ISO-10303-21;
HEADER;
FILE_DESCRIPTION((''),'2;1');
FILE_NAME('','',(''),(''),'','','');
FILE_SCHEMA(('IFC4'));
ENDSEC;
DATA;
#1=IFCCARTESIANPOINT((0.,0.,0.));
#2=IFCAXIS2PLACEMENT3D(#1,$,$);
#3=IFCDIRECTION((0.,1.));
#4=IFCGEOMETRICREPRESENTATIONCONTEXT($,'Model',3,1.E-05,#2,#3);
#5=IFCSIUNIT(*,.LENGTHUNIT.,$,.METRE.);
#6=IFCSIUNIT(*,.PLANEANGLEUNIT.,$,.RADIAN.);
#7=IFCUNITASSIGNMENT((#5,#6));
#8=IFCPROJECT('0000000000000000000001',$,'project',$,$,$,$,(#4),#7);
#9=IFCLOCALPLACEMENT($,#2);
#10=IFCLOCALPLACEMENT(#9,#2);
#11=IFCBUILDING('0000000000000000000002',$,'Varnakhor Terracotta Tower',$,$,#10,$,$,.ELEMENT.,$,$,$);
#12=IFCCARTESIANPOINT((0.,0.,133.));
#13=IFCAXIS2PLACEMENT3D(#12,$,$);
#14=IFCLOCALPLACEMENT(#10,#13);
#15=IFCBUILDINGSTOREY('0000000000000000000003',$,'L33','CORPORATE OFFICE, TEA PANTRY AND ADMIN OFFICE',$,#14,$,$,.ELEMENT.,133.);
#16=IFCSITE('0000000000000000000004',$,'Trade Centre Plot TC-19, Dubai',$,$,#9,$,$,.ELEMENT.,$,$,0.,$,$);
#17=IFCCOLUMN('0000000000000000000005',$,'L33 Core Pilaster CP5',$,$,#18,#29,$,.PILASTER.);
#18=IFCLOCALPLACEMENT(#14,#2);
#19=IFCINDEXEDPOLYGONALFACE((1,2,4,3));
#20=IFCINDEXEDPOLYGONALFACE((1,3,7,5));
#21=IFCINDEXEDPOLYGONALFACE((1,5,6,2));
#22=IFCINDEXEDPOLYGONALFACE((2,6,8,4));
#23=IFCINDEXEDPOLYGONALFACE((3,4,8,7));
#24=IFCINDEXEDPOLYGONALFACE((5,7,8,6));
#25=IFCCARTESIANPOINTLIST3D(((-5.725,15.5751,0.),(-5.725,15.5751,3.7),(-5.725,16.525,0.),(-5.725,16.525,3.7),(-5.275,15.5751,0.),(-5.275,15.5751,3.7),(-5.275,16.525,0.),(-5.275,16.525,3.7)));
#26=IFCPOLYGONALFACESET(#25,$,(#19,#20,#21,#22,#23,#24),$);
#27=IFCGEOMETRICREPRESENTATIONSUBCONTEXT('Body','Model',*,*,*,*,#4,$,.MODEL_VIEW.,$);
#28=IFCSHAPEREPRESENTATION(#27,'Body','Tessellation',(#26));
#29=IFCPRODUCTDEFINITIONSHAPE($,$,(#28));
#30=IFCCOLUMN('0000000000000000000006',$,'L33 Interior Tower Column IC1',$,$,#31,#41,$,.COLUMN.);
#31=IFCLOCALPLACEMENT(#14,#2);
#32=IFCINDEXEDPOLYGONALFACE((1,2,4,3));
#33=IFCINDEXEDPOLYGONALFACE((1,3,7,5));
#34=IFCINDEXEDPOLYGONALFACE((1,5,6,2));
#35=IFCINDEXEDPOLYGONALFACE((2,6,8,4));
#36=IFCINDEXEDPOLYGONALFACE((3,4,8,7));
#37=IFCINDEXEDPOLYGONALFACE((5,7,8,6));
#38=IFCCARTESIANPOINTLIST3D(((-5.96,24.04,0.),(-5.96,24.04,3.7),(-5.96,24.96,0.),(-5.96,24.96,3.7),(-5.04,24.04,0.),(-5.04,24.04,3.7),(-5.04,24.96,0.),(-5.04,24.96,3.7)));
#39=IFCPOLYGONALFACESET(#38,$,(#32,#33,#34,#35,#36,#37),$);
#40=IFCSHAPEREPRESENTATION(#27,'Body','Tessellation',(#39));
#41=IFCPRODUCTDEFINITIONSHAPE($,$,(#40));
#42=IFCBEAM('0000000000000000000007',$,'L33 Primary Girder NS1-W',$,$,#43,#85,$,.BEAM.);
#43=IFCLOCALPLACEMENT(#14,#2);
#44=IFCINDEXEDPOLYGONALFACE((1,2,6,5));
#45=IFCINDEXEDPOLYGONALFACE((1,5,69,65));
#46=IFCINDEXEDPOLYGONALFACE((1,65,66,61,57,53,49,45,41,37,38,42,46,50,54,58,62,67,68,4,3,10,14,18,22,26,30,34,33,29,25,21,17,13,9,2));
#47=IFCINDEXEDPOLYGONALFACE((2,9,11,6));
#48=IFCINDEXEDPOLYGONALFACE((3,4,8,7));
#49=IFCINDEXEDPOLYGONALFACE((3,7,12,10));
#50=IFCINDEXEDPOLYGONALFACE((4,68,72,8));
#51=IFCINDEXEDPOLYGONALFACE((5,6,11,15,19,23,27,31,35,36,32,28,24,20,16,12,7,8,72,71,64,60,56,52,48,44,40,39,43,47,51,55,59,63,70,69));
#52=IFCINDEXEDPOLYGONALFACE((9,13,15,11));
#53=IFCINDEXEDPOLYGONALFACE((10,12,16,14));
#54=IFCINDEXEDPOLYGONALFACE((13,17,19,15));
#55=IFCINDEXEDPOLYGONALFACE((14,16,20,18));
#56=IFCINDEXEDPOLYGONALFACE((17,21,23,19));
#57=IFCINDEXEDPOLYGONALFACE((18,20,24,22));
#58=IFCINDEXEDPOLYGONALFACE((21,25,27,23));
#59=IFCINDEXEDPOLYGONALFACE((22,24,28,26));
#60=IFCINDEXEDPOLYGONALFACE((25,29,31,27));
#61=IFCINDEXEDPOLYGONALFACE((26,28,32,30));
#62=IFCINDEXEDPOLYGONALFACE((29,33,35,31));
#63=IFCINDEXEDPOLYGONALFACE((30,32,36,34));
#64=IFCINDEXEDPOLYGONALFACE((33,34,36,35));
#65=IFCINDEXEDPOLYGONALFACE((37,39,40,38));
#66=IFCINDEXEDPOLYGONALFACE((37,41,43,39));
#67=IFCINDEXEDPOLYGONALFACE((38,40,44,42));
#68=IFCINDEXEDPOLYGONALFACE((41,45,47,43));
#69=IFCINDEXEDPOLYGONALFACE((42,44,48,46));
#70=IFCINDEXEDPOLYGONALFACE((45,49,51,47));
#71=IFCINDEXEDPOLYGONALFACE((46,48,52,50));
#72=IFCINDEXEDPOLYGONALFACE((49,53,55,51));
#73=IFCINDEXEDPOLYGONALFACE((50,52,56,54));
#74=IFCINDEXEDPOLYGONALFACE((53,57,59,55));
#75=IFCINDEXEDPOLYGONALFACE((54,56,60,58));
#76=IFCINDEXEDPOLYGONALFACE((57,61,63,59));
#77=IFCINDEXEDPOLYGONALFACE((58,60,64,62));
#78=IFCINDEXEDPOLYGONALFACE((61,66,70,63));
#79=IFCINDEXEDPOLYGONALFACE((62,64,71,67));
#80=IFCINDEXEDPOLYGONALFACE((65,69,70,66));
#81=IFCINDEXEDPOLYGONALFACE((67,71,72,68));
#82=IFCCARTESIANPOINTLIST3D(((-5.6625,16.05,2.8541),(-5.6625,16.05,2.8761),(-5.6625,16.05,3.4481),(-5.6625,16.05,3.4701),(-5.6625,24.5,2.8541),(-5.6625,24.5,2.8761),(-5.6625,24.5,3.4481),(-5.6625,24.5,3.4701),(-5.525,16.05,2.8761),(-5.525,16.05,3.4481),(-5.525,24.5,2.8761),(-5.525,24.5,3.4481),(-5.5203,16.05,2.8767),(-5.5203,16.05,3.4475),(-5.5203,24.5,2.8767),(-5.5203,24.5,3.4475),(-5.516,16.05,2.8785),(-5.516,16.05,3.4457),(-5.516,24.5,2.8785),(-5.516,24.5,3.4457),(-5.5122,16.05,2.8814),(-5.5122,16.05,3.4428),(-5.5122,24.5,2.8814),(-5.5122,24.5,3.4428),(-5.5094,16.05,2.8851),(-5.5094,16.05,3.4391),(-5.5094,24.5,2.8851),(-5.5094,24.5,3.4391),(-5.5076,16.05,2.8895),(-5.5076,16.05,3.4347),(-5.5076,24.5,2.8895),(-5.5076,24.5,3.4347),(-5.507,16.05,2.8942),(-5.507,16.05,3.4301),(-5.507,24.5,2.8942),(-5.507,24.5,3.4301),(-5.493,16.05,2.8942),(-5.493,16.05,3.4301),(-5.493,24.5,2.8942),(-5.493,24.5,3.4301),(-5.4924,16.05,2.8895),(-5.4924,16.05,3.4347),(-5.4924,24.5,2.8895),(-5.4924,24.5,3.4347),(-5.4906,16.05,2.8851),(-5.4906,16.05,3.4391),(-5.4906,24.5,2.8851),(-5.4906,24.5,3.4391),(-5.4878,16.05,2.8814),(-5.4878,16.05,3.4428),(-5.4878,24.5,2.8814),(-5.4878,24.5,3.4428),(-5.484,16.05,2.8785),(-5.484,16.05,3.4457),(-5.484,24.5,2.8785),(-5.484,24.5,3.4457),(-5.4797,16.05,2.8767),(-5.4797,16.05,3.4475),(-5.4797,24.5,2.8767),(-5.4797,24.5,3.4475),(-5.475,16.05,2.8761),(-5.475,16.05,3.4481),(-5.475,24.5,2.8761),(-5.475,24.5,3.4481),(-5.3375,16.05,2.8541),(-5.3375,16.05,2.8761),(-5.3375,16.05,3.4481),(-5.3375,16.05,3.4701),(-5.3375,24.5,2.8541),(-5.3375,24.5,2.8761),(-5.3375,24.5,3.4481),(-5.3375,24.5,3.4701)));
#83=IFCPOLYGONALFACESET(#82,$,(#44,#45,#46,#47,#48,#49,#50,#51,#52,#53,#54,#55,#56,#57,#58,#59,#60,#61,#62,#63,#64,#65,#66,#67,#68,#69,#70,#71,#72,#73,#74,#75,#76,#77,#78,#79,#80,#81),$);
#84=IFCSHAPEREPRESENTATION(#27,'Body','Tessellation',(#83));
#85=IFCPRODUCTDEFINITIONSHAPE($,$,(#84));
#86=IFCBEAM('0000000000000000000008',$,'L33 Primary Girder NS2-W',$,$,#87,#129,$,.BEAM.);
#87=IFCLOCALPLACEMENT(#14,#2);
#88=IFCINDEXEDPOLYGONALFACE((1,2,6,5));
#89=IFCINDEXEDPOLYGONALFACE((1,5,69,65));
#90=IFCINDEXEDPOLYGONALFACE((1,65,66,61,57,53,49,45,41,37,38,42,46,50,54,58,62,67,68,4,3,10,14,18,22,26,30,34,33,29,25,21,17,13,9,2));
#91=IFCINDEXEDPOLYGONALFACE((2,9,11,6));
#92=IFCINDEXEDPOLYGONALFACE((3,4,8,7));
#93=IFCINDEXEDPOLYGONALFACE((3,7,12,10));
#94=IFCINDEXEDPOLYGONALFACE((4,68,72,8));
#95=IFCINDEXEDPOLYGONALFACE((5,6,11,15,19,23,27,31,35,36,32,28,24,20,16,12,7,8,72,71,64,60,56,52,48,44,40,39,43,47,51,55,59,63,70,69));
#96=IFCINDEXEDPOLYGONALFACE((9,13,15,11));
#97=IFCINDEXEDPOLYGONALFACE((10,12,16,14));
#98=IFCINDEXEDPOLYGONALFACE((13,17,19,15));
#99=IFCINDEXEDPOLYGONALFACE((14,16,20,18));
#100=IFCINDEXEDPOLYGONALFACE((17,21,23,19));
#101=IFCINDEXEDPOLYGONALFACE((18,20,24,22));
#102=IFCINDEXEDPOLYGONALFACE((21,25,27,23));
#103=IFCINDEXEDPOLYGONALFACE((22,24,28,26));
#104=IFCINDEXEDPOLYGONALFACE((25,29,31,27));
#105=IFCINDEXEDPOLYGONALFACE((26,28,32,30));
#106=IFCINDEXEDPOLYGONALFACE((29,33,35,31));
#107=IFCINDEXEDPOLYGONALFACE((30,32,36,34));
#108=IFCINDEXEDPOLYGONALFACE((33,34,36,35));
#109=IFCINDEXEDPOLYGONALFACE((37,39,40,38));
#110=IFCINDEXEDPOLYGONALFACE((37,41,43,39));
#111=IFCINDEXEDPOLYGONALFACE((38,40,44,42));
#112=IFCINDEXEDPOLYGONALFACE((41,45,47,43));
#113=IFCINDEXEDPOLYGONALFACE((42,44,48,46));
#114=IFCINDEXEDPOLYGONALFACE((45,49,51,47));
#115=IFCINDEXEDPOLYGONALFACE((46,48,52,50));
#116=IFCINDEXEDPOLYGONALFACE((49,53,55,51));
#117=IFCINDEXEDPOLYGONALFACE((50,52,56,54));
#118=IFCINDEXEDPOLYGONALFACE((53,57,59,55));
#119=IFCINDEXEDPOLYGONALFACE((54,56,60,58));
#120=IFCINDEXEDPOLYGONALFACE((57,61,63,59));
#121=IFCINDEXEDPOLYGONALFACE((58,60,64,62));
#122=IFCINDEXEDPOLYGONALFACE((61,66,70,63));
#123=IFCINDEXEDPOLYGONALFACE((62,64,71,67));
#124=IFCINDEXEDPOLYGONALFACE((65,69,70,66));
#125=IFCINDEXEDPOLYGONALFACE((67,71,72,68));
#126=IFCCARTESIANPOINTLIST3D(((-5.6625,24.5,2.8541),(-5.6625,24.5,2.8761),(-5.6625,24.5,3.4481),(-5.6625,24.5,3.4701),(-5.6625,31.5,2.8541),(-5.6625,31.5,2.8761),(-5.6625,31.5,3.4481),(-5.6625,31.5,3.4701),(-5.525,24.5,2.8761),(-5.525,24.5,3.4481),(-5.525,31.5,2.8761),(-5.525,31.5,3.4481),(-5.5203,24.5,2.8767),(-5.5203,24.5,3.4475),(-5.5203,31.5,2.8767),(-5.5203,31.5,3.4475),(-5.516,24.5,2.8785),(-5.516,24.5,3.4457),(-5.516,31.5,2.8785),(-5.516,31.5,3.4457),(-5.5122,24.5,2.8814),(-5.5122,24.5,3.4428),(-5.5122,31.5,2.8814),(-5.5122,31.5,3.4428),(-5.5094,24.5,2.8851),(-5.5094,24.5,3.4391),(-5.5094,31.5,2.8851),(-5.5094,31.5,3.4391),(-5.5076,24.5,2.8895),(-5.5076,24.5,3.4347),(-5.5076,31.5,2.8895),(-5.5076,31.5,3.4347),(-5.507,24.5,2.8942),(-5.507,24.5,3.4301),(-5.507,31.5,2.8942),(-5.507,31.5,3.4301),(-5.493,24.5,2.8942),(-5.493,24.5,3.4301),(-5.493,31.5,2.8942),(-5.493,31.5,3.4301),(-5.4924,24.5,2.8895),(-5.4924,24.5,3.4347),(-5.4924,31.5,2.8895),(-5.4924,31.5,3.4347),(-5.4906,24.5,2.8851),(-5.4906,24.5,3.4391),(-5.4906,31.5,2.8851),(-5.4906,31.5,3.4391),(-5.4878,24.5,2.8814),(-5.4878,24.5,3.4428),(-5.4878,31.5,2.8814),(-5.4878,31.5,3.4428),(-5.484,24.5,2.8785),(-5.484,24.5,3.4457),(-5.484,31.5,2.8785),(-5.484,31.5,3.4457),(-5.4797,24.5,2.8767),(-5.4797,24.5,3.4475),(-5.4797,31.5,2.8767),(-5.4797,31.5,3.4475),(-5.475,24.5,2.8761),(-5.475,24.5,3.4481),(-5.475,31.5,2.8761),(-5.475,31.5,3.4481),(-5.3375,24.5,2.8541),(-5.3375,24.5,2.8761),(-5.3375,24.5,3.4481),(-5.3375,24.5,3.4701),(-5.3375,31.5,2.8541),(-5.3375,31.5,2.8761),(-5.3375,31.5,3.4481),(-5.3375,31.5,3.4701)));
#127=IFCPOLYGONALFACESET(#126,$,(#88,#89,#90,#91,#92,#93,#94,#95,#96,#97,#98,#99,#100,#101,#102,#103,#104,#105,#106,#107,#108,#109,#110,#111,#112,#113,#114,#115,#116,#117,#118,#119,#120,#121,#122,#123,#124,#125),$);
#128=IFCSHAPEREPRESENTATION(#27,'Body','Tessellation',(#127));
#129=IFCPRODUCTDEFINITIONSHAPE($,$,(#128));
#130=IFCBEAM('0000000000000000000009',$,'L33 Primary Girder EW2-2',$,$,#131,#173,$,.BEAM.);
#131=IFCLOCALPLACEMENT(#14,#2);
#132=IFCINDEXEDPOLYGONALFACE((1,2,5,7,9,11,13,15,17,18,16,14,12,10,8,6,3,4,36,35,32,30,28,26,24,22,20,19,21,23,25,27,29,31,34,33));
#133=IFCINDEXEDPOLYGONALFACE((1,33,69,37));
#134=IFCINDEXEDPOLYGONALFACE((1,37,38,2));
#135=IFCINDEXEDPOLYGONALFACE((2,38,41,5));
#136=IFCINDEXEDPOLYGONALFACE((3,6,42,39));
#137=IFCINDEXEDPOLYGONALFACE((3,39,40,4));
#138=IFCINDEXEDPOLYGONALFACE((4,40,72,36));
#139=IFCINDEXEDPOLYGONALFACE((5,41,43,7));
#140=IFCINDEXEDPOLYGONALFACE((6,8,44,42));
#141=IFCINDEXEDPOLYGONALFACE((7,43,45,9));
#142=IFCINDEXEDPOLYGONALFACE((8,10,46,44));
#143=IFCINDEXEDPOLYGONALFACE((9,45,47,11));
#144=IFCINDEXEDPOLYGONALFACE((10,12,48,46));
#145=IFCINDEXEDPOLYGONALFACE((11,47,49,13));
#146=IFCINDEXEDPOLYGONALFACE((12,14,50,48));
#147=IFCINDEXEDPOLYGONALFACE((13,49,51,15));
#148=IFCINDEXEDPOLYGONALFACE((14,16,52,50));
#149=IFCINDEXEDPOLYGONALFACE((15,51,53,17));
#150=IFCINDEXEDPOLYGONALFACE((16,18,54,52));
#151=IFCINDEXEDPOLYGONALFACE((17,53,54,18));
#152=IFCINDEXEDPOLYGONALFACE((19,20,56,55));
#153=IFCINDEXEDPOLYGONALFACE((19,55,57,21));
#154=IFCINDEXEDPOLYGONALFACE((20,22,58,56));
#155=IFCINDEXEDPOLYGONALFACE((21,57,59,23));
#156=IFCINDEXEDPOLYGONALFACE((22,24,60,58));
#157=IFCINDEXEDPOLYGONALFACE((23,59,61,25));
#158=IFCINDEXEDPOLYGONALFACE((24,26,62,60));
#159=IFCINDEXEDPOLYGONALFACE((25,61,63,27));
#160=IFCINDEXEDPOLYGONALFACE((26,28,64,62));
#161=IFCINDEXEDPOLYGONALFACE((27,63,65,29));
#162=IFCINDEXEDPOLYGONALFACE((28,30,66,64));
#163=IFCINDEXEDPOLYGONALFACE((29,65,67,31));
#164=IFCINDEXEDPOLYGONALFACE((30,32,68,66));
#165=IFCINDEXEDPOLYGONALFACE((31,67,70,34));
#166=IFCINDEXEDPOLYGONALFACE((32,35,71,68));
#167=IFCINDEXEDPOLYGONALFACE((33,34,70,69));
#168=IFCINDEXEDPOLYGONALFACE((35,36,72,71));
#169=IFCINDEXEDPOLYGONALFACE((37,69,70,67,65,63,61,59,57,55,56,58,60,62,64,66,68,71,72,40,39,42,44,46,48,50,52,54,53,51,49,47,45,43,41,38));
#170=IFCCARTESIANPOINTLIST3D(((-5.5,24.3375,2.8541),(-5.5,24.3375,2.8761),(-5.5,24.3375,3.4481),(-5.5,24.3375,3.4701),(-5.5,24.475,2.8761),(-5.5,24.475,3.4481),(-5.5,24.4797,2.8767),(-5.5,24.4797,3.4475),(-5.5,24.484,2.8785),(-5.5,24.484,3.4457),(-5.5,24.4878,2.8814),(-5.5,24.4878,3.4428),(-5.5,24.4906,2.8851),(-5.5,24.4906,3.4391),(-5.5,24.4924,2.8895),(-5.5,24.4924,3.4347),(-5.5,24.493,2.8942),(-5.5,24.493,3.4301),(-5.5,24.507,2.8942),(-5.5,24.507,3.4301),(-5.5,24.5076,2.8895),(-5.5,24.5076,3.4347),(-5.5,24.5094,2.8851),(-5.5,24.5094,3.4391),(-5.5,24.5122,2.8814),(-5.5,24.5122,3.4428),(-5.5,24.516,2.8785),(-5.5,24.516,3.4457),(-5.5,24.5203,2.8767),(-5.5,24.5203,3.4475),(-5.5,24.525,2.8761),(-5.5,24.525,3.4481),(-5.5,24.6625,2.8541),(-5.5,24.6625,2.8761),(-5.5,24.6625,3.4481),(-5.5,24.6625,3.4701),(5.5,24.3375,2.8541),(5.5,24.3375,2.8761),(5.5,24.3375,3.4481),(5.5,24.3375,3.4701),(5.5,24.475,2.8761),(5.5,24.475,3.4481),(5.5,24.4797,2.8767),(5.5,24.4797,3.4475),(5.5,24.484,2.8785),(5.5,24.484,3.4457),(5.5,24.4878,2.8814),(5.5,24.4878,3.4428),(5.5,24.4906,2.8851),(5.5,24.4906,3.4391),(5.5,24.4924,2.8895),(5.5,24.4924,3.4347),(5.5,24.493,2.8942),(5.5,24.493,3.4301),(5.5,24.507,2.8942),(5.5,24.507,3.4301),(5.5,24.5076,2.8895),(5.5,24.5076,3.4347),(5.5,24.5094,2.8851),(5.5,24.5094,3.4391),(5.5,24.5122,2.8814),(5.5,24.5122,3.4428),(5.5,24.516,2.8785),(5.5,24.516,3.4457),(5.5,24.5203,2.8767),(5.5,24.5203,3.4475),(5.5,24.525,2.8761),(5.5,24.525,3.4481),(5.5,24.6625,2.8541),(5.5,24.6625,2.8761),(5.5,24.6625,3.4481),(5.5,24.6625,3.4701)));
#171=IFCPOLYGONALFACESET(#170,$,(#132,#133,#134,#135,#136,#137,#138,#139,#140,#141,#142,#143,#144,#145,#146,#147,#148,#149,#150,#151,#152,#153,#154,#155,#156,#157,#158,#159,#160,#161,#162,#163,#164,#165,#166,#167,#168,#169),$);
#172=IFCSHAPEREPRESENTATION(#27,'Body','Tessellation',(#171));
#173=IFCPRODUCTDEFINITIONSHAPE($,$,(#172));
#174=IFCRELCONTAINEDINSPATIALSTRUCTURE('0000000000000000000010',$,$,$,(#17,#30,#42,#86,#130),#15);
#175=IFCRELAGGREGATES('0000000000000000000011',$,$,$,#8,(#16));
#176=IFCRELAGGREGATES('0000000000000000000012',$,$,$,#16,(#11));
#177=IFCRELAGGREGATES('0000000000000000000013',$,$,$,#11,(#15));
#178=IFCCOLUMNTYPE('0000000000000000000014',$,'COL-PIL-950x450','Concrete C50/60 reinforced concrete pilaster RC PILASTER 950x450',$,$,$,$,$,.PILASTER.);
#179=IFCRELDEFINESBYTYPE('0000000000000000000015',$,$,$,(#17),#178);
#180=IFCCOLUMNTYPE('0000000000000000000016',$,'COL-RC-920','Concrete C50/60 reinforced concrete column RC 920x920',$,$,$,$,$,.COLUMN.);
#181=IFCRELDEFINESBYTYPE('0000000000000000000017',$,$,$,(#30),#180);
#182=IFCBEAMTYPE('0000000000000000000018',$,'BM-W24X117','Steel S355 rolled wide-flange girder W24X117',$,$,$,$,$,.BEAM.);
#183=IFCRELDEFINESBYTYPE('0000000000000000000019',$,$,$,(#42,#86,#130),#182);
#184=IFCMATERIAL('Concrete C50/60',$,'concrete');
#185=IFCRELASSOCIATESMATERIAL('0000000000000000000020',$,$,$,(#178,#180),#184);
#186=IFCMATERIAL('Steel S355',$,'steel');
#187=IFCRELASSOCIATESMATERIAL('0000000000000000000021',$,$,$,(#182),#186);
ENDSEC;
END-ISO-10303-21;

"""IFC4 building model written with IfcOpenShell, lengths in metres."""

from ifc_helpers import new_model, si_unit, direction, frame, origin, origin_2d, place, context, subcontext, project, spatial, rectangle, i_section, extrude, source, transform, mapped, material, material_profile, profile_set, type_object, type_shapes, element, save


model = new_model("IFC4")

# Units and contexts
model_context = context("Model", 3, precision=1e-05, world=origin(), true_north=direction((0.0, 1.0)))
body_context = subcontext(model_context, "Body", "Model", "MODEL_VIEW")
ifc_project = project(units=[si_unit("LENGTHUNIT", "METRE"), si_unit("PLANEANGLEUNIT", "RADIAN")], contexts=[model_context])

# Site, building, storey
site_placement = place(None, origin())
site = spatial("IfcSite", under=ifc_project, at=site_placement, Name="Trade Centre Plot TC-19, Dubai", CompositionType="ELEMENT", RefElevation=0.0)
building_placement = place(site_placement, origin())
building = spatial("IfcBuilding", under=site, at=building_placement, Name="Varnakhor Terracotta Tower", CompositionType="ELEMENT")
storey_placement = place(building_placement, frame((0.0, 0.0, 133.0)))
storey = spatial("IfcBuildingStorey", under=building, at=storey_placement, Name="L33", Description="CORPORATE OFFICE, TEA PANTRY AND ADMIN OFFICE", CompositionType="ELEMENT", Elevation=133.0)

# Columns
ifc_material_1 = material(Name="Concrete C50/60", Category="concrete")
ifc_material_profile_1 = material_profile(ifc_material_1, rectangle(XDim=0.45, YDim=0.95, at=origin_2d()), Name="RC PILASTER 950x450")
ifc_profile_set_1 = profile_set([ifc_material_profile_1], Name="Concrete C50/60")
column_type_1 = type_object("IfcColumnType", Name="COL-PIL-950x450", Description="Concrete C50/60 reinforced concrete pilaster RC PILASTER 950x450", PredefinedType="PILASTER", material=ifc_profile_set_1)
shared_shape_1 = source(origin(), body_context, "Body", "SweptSolid", [
    extrude(rectangle(XDim=0.45, YDim=0.95, at=origin_2d()), origin(), (0.0, 0.0, 1.0), 3.7),
])
column_1_placement = place(storey_placement, frame((-5.5, 16.05, 0.0), z_axis=(0.0, 0.0, 1.0), x_axis=(1.0, 0.0, 0.0)))
element("IfcColumn", 1, at=column_1_placement, inside=storey, type_object=column_type_1, Name="L33 Core Pilaster CP5", PredefinedType="PILASTER", context=body_context, shape_type="MappedRepresentation", body=[
    mapped(shared_shape_1, transform((0.0, 0.0, 0.0), scale=1.0)),
])
ifc_material_profile_2 = material_profile(ifc_material_1, rectangle(XDim=0.9199, YDim=0.9199, at=origin_2d()), Name="RC 920x920")
ifc_profile_set_2 = profile_set([ifc_material_profile_2], Name="Concrete C50/60")
column_type_2 = type_object("IfcColumnType", Name="COL-RC-920", Description="Concrete C50/60 reinforced concrete column RC 920x920", PredefinedType="COLUMN", material=ifc_profile_set_2)
shared_shape_2 = source(origin(), body_context, "Body", "SweptSolid", [
    extrude(rectangle(XDim=0.9199, YDim=0.9199, at=origin_2d()), origin(), (0.0, 0.0, 1.0), 3.7),
])
column_2_placement = place(storey_placement, frame((-5.5, 24.5, 0.0), z_axis=(0.0, 0.0, 1.0), x_axis=(1.0, 0.0, 0.0)))
element("IfcColumn", 2, at=column_2_placement, inside=storey, type_object=column_type_2, Name="L33 Interior Tower Column IC1", PredefinedType="COLUMN", context=body_context, shape_type="MappedRepresentation", body=[
    mapped(shared_shape_2, transform((0.0, 0.0, 0.0), scale=1.0)),
])

# Beams
ifc_material_2 = material(Name="Steel S355", Category="steel")
ifc_material_profile_3 = material_profile(ifc_material_2, i_section(OverallWidth=0.325, OverallDepth=0.616, WebThickness=0.0139, FlangeThickness=0.022, FilletRadius=0.0181, at=origin_2d()), Name="W24X117")
ifc_profile_set_3 = profile_set([ifc_material_profile_3], Name="Steel S355")
beam_type_1 = type_object("IfcBeamType", Name="BM-W24X117", Description="Steel S355 rolled wide-flange girder W24X117", PredefinedType="BEAM", material=ifc_profile_set_3)
shared_shape_3 = source(origin(), body_context, "Body", "SweptSolid", [
    extrude(i_section(OverallWidth=0.325, OverallDepth=0.616, WebThickness=0.0139, FlangeThickness=0.022, FilletRadius=0.0181, at=origin_2d()), origin(), (0.0, 0.0, 1.0), 8.45),
])
type_shapes(beam_type_1, [shared_shape_3])
beam_1_placement = place(storey_placement, frame((-5.5, 16.05, 3.1621), z_axis=(0.0, 1.0, 0.0), x_axis=(-1.0, 0.0, 0.0)))
element("IfcBeam", 3, at=beam_1_placement, inside=storey, type_object=beam_type_1, Name="L33 Primary Girder NS1-W", PredefinedType="BEAM", context=body_context, shape_type="MappedRepresentation", body=[
    mapped(shared_shape_3, transform((0.0, 0.0, 0.0), scale=1.0)),
])
shared_shape_4 = source(origin(), body_context, "Body", "SweptSolid", [
    extrude(i_section(OverallWidth=0.325, OverallDepth=0.616, WebThickness=0.0139, FlangeThickness=0.022, FilletRadius=0.0181, at=origin_2d()), origin(), (0.0, 0.0, 1.0), 7.0),
])
beam_2_placement = place(storey_placement, frame((-5.5, 24.5, 3.1621), z_axis=(0.0, 1.0, 0.0), x_axis=(-1.0, 0.0, 0.0)))
element("IfcBeam", 4, at=beam_2_placement, inside=storey, type_object=beam_type_1, Name="L33 Primary Girder NS2-W", PredefinedType="BEAM", context=body_context, shape_type="MappedRepresentation", body=[
    mapped(shared_shape_4, transform((0.0, 0.0, 0.0), scale=1.0)),
])
shared_shape_5 = source(origin(), body_context, "Body", "SweptSolid", [
    extrude(i_section(OverallWidth=0.325, OverallDepth=0.616, WebThickness=0.0139, FlangeThickness=0.022, FilletRadius=0.0181, at=origin_2d()), origin(), (0.0, 0.0, 1.0), 11.0),
])
beam_3_placement = place(storey_placement, frame((-5.5, 24.5, 3.1621), z_axis=(1.0, 0.0, 0.0), x_axis=(0.0, 1.0, 0.0)))
element("IfcBeam", 5, at=beam_3_placement, inside=storey, type_object=beam_type_1, Name="L33 Primary Girder EW2-2", PredefinedType="BEAM", context=body_context, shape_type="MappedRepresentation", body=[
    mapped(shared_shape_5, transform((0.0, 0.0, 0.0), scale=1.0)),
])

save(model, "model.ifc")
